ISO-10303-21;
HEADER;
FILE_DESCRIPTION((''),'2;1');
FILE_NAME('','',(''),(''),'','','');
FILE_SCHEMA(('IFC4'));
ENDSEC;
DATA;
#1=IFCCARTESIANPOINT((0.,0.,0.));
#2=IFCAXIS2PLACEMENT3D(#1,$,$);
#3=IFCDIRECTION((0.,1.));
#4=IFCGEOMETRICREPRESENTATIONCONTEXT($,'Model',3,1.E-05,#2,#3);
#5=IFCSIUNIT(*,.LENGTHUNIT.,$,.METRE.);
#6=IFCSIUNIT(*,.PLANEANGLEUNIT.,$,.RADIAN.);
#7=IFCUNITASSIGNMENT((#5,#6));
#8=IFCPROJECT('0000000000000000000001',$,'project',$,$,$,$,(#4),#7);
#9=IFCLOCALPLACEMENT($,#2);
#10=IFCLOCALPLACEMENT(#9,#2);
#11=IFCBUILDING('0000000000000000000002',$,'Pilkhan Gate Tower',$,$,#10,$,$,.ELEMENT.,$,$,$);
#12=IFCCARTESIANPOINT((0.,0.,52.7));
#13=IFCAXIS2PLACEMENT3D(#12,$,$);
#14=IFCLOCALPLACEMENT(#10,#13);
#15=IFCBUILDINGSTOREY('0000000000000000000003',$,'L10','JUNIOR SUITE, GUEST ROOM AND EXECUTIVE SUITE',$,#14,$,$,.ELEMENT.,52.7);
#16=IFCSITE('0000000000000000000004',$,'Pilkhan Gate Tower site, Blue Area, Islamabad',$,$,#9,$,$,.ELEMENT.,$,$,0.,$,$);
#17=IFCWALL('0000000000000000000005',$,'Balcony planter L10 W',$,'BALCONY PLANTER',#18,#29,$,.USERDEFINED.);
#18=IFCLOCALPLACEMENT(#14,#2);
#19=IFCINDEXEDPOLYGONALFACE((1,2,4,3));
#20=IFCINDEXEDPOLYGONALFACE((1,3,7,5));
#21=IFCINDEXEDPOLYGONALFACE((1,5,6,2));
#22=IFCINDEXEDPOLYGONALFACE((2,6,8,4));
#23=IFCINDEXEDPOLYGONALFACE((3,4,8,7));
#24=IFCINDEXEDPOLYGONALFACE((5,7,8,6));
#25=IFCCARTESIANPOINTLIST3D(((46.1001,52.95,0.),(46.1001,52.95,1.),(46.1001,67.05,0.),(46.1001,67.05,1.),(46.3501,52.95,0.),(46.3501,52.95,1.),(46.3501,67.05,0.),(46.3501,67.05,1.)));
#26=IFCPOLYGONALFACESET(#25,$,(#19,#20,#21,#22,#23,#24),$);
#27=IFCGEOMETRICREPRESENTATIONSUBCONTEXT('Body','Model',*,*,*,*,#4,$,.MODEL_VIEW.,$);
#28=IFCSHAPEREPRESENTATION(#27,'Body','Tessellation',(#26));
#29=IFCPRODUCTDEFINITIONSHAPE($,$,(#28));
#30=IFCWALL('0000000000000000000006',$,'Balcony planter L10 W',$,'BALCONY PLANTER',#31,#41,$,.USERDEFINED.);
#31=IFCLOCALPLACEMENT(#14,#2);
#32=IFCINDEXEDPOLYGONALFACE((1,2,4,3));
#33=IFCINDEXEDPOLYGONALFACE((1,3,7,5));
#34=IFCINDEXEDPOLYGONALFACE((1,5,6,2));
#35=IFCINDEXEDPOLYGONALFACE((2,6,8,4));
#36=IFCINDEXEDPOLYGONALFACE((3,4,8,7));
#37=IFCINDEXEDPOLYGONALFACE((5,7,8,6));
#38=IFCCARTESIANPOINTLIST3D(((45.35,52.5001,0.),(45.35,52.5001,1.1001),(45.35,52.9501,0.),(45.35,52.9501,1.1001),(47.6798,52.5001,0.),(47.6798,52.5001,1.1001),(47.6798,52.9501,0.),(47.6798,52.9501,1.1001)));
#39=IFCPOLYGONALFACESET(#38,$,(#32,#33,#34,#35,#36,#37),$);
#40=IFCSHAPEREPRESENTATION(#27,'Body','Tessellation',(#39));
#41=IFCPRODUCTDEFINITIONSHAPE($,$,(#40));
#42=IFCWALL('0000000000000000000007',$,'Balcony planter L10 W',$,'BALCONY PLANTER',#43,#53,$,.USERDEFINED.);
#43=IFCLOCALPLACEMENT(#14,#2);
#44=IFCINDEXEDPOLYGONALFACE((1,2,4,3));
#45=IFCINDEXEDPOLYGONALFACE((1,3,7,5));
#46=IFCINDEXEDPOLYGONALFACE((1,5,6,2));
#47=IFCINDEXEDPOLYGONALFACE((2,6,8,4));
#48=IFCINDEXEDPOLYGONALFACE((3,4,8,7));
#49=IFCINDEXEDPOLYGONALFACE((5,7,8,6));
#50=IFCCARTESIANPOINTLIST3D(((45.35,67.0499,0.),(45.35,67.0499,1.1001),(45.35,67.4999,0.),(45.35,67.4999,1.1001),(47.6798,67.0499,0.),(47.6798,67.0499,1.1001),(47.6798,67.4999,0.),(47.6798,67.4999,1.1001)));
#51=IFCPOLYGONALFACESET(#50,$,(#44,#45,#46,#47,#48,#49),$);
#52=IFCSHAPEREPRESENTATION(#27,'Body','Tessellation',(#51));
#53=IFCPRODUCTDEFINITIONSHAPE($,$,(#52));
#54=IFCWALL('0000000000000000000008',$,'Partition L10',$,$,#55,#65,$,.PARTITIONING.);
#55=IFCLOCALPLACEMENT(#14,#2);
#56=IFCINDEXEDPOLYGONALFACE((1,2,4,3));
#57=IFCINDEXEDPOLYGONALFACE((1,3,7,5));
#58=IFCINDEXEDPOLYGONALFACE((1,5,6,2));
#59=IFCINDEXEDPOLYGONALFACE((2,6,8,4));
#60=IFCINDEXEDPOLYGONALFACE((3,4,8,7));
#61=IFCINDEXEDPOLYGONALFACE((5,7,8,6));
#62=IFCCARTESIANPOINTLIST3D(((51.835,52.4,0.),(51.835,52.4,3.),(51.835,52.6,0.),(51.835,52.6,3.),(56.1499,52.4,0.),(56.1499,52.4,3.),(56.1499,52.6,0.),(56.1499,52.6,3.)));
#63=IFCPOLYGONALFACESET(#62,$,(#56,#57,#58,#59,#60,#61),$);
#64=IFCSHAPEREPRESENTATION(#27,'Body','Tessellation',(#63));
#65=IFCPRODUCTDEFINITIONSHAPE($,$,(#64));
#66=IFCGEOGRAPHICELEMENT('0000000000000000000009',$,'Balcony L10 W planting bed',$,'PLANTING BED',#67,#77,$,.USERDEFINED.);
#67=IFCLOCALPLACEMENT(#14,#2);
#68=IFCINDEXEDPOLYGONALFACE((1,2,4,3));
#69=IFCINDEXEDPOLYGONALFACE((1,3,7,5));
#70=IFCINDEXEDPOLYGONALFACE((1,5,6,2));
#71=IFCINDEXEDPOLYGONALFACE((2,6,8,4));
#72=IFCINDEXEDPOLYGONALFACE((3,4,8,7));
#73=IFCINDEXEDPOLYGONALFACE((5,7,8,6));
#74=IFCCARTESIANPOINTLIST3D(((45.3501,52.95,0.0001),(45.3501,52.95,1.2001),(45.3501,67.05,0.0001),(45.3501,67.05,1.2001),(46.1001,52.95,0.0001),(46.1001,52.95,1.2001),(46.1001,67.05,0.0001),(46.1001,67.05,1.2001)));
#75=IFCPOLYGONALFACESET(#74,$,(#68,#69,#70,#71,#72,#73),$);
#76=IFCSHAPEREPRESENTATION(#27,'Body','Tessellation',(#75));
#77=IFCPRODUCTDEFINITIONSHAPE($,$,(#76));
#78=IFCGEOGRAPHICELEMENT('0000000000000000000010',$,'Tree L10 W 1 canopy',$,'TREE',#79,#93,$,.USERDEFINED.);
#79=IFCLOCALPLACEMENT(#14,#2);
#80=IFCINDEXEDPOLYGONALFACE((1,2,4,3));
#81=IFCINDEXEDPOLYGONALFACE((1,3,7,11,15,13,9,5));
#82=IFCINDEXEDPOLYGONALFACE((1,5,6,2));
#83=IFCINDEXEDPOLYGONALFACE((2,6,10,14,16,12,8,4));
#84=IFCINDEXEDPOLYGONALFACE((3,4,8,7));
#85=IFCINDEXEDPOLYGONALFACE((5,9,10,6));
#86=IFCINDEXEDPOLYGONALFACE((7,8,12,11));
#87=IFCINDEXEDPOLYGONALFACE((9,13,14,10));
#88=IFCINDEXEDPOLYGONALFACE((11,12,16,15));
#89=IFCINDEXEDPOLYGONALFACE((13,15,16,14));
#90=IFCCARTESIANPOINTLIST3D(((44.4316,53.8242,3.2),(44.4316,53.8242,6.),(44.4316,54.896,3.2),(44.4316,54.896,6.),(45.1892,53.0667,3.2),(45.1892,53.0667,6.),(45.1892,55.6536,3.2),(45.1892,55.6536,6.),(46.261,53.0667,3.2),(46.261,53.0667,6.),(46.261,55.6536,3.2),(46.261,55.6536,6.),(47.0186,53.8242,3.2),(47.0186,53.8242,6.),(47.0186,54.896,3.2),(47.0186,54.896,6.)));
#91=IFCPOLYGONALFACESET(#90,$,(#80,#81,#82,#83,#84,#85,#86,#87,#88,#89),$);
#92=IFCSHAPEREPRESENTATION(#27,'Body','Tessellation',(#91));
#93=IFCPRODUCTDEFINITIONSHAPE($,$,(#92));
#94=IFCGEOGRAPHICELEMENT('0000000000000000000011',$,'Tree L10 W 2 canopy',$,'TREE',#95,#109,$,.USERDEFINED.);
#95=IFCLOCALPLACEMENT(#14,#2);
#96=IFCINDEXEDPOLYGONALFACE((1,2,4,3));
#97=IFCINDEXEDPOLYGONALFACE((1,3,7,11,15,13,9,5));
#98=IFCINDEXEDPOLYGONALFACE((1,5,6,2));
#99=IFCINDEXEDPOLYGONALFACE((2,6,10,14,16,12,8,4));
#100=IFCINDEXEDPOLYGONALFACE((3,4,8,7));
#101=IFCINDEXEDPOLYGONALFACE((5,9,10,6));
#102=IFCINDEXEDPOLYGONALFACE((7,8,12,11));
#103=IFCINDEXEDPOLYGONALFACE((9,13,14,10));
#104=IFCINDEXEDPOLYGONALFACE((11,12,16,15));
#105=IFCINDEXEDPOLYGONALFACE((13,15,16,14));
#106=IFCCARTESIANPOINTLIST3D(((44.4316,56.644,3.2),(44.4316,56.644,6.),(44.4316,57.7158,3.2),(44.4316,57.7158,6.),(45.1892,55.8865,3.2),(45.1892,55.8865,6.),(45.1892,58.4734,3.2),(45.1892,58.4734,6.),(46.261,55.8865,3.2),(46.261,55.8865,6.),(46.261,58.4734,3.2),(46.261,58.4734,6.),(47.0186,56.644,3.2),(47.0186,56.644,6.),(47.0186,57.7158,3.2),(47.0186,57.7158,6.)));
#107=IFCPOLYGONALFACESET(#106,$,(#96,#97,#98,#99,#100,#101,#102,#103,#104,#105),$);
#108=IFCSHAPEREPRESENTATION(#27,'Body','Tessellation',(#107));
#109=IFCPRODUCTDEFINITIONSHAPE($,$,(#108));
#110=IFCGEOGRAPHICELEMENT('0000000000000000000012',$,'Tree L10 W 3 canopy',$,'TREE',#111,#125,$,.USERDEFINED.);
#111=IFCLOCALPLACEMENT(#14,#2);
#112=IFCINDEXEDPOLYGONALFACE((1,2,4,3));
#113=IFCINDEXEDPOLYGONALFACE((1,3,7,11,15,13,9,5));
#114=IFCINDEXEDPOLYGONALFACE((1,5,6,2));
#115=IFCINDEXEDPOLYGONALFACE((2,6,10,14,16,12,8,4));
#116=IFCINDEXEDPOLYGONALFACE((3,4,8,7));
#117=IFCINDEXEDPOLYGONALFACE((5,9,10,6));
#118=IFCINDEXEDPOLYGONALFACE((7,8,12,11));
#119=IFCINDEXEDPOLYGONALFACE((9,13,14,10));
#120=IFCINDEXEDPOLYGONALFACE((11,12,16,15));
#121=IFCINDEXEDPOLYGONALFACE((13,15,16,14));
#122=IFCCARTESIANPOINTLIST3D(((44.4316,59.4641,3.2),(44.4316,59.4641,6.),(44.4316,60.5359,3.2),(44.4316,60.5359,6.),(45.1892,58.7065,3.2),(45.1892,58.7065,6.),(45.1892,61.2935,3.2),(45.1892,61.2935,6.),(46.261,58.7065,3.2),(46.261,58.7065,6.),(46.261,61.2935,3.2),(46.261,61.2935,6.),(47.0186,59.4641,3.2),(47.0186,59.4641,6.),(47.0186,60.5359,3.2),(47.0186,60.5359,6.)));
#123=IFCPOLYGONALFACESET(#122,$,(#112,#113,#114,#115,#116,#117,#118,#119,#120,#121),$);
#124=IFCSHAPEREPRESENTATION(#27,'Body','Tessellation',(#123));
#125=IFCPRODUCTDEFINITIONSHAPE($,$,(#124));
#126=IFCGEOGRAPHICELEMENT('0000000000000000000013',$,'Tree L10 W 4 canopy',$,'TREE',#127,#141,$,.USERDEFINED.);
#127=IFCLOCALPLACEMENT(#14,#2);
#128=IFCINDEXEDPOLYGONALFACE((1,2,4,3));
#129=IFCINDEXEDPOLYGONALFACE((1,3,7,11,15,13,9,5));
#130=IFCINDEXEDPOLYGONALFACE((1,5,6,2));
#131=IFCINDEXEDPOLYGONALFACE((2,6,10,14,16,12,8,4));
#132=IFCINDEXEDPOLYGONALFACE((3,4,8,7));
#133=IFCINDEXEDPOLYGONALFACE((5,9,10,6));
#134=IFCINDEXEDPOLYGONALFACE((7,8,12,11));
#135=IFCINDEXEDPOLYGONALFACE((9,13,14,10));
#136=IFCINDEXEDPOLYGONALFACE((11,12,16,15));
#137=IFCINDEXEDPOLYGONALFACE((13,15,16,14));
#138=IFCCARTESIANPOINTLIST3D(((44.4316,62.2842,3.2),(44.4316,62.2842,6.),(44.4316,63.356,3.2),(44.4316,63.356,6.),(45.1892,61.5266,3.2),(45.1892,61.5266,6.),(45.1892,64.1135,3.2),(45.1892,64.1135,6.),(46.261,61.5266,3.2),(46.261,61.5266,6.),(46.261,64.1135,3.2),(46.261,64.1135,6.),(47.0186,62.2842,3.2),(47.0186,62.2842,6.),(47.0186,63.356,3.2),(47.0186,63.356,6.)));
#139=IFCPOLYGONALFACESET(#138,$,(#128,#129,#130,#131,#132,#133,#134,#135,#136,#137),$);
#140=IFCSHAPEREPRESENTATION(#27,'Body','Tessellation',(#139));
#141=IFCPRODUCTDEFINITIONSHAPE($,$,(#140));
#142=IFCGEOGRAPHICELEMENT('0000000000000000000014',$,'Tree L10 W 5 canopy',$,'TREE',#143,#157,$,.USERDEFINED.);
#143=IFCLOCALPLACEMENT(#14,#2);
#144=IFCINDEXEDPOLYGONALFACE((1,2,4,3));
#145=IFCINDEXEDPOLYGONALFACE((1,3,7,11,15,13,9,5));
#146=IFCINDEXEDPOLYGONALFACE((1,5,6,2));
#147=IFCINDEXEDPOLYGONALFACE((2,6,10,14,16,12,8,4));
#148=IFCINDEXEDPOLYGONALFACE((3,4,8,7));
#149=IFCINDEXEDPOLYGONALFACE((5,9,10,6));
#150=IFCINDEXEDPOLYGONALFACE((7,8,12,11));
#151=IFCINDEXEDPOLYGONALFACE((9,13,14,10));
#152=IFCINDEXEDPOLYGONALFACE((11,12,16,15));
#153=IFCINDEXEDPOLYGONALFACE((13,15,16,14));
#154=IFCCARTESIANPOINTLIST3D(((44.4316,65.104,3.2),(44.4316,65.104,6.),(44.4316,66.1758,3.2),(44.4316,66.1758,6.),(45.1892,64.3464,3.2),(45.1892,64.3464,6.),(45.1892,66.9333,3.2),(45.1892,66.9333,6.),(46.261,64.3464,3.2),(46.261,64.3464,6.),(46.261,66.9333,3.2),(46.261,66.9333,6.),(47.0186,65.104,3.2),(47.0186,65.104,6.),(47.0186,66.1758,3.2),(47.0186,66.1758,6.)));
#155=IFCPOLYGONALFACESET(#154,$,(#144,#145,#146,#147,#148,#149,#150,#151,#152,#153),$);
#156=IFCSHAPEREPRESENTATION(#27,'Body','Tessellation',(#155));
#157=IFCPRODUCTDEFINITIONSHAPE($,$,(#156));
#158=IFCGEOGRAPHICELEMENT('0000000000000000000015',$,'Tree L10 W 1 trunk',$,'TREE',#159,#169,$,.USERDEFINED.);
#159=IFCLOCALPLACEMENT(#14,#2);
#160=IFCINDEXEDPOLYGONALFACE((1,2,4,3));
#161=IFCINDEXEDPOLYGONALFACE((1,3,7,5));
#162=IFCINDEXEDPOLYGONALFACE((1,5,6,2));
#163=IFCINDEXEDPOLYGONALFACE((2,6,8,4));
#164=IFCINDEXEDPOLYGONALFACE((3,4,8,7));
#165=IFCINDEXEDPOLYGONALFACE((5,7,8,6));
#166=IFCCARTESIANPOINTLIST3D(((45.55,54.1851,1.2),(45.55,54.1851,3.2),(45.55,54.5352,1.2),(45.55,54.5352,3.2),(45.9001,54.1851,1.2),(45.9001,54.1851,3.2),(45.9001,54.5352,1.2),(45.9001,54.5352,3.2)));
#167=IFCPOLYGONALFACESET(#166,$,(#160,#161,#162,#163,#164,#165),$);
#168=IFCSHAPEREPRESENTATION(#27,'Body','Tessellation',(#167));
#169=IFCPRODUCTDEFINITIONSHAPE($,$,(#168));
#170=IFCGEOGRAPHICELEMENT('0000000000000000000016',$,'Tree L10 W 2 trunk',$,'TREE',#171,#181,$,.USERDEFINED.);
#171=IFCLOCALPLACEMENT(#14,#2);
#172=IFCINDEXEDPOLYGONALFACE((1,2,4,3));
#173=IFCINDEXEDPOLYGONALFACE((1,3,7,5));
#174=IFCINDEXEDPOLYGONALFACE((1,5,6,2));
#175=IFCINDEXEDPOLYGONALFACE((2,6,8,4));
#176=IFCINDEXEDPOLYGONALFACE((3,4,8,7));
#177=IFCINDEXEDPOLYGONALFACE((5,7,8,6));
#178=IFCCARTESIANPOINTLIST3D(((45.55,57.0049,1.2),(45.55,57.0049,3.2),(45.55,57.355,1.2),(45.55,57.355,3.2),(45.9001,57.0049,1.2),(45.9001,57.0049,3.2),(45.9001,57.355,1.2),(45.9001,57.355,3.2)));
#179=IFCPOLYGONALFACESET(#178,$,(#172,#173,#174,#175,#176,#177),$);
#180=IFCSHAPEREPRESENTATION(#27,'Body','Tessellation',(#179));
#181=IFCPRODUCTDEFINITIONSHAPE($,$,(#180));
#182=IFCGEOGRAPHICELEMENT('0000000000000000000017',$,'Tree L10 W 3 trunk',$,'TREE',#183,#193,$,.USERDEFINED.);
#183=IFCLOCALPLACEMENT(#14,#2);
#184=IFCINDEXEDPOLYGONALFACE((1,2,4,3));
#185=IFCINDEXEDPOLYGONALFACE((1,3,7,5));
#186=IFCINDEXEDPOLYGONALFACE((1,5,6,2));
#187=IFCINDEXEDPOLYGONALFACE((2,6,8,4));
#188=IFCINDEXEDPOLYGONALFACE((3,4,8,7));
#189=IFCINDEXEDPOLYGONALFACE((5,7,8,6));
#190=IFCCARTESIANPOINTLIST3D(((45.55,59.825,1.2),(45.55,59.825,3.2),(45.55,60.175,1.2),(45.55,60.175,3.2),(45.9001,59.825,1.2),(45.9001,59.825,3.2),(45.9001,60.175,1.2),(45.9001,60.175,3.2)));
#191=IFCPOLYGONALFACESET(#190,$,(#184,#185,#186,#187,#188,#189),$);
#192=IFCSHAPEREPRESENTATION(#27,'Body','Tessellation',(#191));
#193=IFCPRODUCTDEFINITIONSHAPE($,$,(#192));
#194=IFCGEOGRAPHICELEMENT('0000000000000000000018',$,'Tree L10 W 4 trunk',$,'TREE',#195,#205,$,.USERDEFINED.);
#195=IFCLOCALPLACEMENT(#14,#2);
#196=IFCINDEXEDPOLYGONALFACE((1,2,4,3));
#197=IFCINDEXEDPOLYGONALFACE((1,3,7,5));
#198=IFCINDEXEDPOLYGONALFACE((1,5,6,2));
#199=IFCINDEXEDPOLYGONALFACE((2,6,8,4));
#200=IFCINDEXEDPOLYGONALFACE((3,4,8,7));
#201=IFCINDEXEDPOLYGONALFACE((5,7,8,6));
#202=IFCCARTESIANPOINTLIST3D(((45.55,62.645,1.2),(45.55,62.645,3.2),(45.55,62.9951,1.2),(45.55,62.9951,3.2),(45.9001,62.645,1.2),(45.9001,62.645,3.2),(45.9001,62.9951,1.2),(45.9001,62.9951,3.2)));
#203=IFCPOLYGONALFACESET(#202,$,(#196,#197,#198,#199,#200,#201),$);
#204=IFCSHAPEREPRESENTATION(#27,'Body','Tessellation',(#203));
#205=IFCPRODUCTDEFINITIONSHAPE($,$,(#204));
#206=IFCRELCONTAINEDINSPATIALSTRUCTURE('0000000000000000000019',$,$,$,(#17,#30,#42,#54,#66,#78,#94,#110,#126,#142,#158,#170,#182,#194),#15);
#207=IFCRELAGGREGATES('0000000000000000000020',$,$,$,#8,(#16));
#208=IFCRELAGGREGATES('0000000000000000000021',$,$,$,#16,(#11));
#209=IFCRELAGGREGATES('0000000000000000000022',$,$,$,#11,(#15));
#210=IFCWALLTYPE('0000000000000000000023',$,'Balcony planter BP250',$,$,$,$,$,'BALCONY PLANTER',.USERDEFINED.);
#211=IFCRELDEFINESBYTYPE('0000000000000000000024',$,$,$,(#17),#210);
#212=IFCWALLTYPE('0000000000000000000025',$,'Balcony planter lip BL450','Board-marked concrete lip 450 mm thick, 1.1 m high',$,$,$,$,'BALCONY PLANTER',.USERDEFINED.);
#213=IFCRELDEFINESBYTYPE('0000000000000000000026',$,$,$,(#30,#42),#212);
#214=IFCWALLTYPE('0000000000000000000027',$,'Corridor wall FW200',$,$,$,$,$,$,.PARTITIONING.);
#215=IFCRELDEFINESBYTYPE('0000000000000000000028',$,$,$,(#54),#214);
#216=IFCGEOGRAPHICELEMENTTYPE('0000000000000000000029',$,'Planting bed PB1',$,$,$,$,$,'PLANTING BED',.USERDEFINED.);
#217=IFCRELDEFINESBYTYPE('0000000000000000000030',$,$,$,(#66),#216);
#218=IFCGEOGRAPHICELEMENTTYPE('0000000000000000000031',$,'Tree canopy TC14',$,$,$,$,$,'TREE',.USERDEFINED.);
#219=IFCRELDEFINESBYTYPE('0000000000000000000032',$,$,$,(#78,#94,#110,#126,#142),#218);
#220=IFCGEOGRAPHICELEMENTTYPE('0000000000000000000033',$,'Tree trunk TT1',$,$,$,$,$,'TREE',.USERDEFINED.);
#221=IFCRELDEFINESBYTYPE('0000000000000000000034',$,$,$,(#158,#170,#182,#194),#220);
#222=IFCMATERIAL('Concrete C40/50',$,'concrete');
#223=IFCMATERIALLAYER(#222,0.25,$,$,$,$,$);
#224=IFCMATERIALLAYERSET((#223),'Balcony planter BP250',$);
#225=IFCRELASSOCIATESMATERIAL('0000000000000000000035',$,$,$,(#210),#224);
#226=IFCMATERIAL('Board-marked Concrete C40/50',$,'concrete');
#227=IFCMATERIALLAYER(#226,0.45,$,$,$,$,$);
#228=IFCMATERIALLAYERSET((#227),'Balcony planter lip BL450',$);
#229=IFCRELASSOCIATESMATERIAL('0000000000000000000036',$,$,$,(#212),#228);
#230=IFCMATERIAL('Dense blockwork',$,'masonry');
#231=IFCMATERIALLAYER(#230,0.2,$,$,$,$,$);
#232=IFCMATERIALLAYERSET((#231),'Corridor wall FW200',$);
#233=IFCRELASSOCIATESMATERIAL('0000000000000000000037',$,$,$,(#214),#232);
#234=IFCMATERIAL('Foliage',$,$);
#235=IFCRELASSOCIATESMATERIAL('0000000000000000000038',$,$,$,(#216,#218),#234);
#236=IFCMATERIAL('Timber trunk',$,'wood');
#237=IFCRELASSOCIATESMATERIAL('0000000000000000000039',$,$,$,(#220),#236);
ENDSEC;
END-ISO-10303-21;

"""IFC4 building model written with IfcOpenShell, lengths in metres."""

from ifc_helpers import new_model, si_unit, direction, frame, frame_2d, origin, origin_2d, place, context, subcontext, project, spatial, polyline, rectangle, outline, extrude, material, layer, layer_set, material_profile, profile_set, type_object, element, save


model = new_model("IFC4")

# Units and contexts
model_context = context("Model", 3, precision=1e-05, world=origin(), true_north=direction((0.0, 1.0)))
body_context = subcontext(model_context, "Body", "Model", "MODEL_VIEW")
ifc_project = project(units=[si_unit("LENGTHUNIT", "METRE"), si_unit("PLANEANGLEUNIT", "RADIAN")], contexts=[model_context])

# Site, building, storey
site_placement = place(None, origin())
site = spatial("IfcSite", under=ifc_project, at=site_placement, Name="Pilkhan Gate Tower site, Blue Area, Islamabad", CompositionType="ELEMENT", RefElevation=0.0)
building_placement = place(site_placement, origin())
building = spatial("IfcBuilding", under=site, at=building_placement, Name="Pilkhan Gate Tower", CompositionType="ELEMENT")
storey_placement = place(building_placement, frame((0.0, 0.0, 52.7)))
storey = spatial("IfcBuildingStorey", under=building, at=storey_placement, Name="L10", Description="JUNIOR SUITE, GUEST ROOM AND EXECUTIVE SUITE", CompositionType="ELEMENT", Elevation=52.7)

# Walls
ifc_material_1 = material(Name="Dense blockwork", Category="masonry")
ifc_material_2 = material(Name="Concrete C40/50", Category="concrete")
ifc_layer_1 = layer(ifc_material_2, 0.25)
ifc_layer_set_1 = layer_set([ifc_layer_1], Name="Balcony planter BP250")
wall_type_1 = type_object("IfcWallType", Name="Balcony planter BP250", ElementType="BALCONY PLANTER", PredefinedType="USERDEFINED", material=ifc_layer_set_1)
wall_1_placement = place(storey_placement, frame((46.2251, 52.95, 0.0), z_axis=(0.0, 0.0, 1.0), x_axis=(0.0, 1.0, 0.0)))
element("IfcWall", 1, at=wall_1_placement, inside=storey, type_object=wall_type_1, Name="Balcony planter L10 W", ObjectType="BALCONY PLANTER", PredefinedType="USERDEFINED", context=body_context, shape_type="SweptSolid", body=[
    extrude(rectangle(XDim=14.1001, YDim=0.25, at=frame_2d((7.05, 0.0))), origin(), (0.0, 0.0, 1.0), 1.0),
])
ifc_material_3 = material(Name="Board-marked Concrete C40/50", Category="concrete")
ifc_layer_2 = layer(ifc_material_3, 0.45)
ifc_layer_set_2 = layer_set([ifc_layer_2], Name="Balcony planter lip BL450")
wall_type_2 = type_object("IfcWallType", Name="Balcony planter lip BL450", Description="Board-marked concrete lip 450 mm thick, 1.1 m high", ElementType="BALCONY PLANTER", PredefinedType="USERDEFINED", material=ifc_layer_set_2)
for number, where, z_axis, x_axis, name in (
    (2, (47.6799, 52.7251, 0.0), (0.0, 0.0, 1.0), (-1.0, 0.0, 0.0), "Balcony planter L10 W"),
    (3, (47.6799, 67.2749, 0.0), (0.0, 0.0, 1.0), (-1.0, 0.0, 0.0), "Balcony planter L10 W"),
):
    element("IfcWall", number, at=place(storey_placement, frame(where, z_axis=z_axis, x_axis=x_axis)), inside=storey, type_object=wall_type_2, Name=name, ObjectType="BALCONY PLANTER", PredefinedType="USERDEFINED", context=body_context, shape_type="SweptSolid", body=[
        extrude(rectangle(XDim=2.3298, YDim=0.45, at=frame_2d((1.165, 0.0))), origin(), (0.0, 0.0, 1.0), 1.1001),
    ])
ifc_layer_3 = layer(ifc_material_1, 0.2)
ifc_layer_set_3 = layer_set([ifc_layer_3], Name="Corridor wall FW200")
wall_type_3 = type_object("IfcWallType", Name="Corridor wall FW200", PredefinedType="PARTITIONING", material=ifc_layer_set_3)
wall_2_placement = place(storey_placement, frame((51.835, 52.5, 0.0), z_axis=(0.0, 0.0, 1.0), x_axis=(1.0, 0.0, 0.0)))
element("IfcWall", 4, at=wall_2_placement, inside=storey, type_object=wall_type_3, Name="Partition L10", PredefinedType="PARTITIONING", context=body_context, shape_type="SweptSolid", body=[
    extrude(rectangle(XDim=4.3149, YDim=0.2, at=frame_2d((2.1575, 0.0))), origin(), (0.0, 0.0, 1.0), 3.0),
])

# Geographic elements
ifc_material_4 = material(Name="Foliage")
ifc_material_profile_1 = material_profile(ifc_material_4, rectangle(XDim=0.75, YDim=1.2, at=origin_2d()), Name="Bed 750x1200")
ifc_profile_set_1 = profile_set([ifc_material_profile_1], Name="Foliage")
geographic_element_type_1 = type_object("IfcGeographicElementType", Name="Planting bed PB1", ElementType="PLANTING BED", PredefinedType="USERDEFINED", material=ifc_profile_set_1)
geographic_element_placement = place(storey_placement, frame((45.7251, 52.95, 0.6001), z_axis=(0.0, 1.0, 0.0), x_axis=(-1.0, 0.0, 0.0)))
element("IfcGeographicElement", 5, at=geographic_element_placement, inside=storey, type_object=geographic_element_type_1, Name="Balcony L10 W planting bed", ObjectType="PLANTING BED", PredefinedType="USERDEFINED", context=body_context, shape_type="SweptSolid", body=[
    extrude(rectangle(XDim=0.75, YDim=1.2, at=origin_2d()), origin(), (0.0, 0.0, 1.0), 14.1001),
])
ifc_material_profile_2 = material_profile(ifc_material_4, outline(polyline([(1.2935, 0.5359), (0.5359, 1.2935), (-0.5359, 1.2935), (-1.2935, 0.5359), (-1.2935, -0.5359), (-0.5359, -1.2935), (0.5359, -1.2935), (1.2935, -0.5359), (1.2935, 0.5359)])), Name="Canopy D2.8")
ifc_profile_set_2 = profile_set([ifc_material_profile_2], Name="Foliage")
geographic_element_type_2 = type_object("IfcGeographicElementType", Name="Tree canopy TC14", ElementType="TREE", PredefinedType="USERDEFINED", material=ifc_profile_set_2)
for number, where, z_axis, x_axis, name in (
    (6, (45.7251, 54.3601, 3.2), (0.0, 0.0, 1.0), (1.0, 0.0, 0.0), "Tree L10 W 1 canopy"),
    (7, (45.7251, 57.1799, 3.2), (0.0, 0.0, 1.0), (1.0, 0.0, 0.0), "Tree L10 W 2 canopy"),
    (8, (45.7251, 60.0, 3.2), (0.0, 0.0, 1.0), (1.0, 0.0, 0.0), "Tree L10 W 3 canopy"),
    (9, (45.7251, 62.8201, 3.2), (0.0, 0.0, 1.0), (1.0, 0.0, 0.0), "Tree L10 W 4 canopy"),
    (10, (45.7251, 65.6399, 3.2), (0.0, 0.0, 1.0), (1.0, 0.0, 0.0), "Tree L10 W 5 canopy"),
):
    element("IfcGeographicElement", number, at=place(storey_placement, frame(where, z_axis=z_axis, x_axis=x_axis)), inside=storey, type_object=geographic_element_type_2, Name=name, ObjectType="TREE", PredefinedType="USERDEFINED", context=body_context, shape_type="SweptSolid", body=[
        extrude(outline(polyline([(1.2935, 0.5359), (0.5359, 1.2935), (-0.5359, 1.2935), (-1.2935, 0.5359), (-1.2935, -0.5359), (-0.5359, -1.2935), (0.5359, -1.2935), (1.2935, -0.5359), (1.2935, 0.5359)])), origin(), (0.0, 0.0, 1.0), 2.8),
    ])
ifc_material_5 = material(Name="Timber trunk", Category="wood")
geographic_element_type_3 = type_object("IfcGeographicElementType", Name="Tree trunk TT1", ElementType="TREE", PredefinedType="USERDEFINED", material=ifc_material_5)
for number, where, z_axis, x_axis, name in (
    (11, (45.7251, 54.3601, 1.2), (0.0, 0.0, 1.0), (1.0, 0.0, 0.0), "Tree L10 W 1 trunk"),
    (12, (45.7251, 57.1799, 1.2), (0.0, 0.0, 1.0), (1.0, 0.0, 0.0), "Tree L10 W 2 trunk"),
    (13, (45.7251, 60.0, 1.2), (0.0, 0.0, 1.0), (1.0, 0.0, 0.0), "Tree L10 W 3 trunk"),
    (14, (45.7251, 62.8201, 1.2), (0.0, 0.0, 1.0), (1.0, 0.0, 0.0), "Tree L10 W 4 trunk"),
):
    element("IfcGeographicElement", number, at=place(storey_placement, frame(where, z_axis=z_axis, x_axis=x_axis)), inside=storey, type_object=geographic_element_type_3, Name=name, ObjectType="TREE", PredefinedType="USERDEFINED", context=body_context, shape_type="SweptSolid", body=[
        extrude(rectangle(XDim=0.3501, YDim=0.3501, at=origin_2d()), origin(), (0.0, 0.0, 1.0), 2.0),
    ])

save(model, "model.ifc")
